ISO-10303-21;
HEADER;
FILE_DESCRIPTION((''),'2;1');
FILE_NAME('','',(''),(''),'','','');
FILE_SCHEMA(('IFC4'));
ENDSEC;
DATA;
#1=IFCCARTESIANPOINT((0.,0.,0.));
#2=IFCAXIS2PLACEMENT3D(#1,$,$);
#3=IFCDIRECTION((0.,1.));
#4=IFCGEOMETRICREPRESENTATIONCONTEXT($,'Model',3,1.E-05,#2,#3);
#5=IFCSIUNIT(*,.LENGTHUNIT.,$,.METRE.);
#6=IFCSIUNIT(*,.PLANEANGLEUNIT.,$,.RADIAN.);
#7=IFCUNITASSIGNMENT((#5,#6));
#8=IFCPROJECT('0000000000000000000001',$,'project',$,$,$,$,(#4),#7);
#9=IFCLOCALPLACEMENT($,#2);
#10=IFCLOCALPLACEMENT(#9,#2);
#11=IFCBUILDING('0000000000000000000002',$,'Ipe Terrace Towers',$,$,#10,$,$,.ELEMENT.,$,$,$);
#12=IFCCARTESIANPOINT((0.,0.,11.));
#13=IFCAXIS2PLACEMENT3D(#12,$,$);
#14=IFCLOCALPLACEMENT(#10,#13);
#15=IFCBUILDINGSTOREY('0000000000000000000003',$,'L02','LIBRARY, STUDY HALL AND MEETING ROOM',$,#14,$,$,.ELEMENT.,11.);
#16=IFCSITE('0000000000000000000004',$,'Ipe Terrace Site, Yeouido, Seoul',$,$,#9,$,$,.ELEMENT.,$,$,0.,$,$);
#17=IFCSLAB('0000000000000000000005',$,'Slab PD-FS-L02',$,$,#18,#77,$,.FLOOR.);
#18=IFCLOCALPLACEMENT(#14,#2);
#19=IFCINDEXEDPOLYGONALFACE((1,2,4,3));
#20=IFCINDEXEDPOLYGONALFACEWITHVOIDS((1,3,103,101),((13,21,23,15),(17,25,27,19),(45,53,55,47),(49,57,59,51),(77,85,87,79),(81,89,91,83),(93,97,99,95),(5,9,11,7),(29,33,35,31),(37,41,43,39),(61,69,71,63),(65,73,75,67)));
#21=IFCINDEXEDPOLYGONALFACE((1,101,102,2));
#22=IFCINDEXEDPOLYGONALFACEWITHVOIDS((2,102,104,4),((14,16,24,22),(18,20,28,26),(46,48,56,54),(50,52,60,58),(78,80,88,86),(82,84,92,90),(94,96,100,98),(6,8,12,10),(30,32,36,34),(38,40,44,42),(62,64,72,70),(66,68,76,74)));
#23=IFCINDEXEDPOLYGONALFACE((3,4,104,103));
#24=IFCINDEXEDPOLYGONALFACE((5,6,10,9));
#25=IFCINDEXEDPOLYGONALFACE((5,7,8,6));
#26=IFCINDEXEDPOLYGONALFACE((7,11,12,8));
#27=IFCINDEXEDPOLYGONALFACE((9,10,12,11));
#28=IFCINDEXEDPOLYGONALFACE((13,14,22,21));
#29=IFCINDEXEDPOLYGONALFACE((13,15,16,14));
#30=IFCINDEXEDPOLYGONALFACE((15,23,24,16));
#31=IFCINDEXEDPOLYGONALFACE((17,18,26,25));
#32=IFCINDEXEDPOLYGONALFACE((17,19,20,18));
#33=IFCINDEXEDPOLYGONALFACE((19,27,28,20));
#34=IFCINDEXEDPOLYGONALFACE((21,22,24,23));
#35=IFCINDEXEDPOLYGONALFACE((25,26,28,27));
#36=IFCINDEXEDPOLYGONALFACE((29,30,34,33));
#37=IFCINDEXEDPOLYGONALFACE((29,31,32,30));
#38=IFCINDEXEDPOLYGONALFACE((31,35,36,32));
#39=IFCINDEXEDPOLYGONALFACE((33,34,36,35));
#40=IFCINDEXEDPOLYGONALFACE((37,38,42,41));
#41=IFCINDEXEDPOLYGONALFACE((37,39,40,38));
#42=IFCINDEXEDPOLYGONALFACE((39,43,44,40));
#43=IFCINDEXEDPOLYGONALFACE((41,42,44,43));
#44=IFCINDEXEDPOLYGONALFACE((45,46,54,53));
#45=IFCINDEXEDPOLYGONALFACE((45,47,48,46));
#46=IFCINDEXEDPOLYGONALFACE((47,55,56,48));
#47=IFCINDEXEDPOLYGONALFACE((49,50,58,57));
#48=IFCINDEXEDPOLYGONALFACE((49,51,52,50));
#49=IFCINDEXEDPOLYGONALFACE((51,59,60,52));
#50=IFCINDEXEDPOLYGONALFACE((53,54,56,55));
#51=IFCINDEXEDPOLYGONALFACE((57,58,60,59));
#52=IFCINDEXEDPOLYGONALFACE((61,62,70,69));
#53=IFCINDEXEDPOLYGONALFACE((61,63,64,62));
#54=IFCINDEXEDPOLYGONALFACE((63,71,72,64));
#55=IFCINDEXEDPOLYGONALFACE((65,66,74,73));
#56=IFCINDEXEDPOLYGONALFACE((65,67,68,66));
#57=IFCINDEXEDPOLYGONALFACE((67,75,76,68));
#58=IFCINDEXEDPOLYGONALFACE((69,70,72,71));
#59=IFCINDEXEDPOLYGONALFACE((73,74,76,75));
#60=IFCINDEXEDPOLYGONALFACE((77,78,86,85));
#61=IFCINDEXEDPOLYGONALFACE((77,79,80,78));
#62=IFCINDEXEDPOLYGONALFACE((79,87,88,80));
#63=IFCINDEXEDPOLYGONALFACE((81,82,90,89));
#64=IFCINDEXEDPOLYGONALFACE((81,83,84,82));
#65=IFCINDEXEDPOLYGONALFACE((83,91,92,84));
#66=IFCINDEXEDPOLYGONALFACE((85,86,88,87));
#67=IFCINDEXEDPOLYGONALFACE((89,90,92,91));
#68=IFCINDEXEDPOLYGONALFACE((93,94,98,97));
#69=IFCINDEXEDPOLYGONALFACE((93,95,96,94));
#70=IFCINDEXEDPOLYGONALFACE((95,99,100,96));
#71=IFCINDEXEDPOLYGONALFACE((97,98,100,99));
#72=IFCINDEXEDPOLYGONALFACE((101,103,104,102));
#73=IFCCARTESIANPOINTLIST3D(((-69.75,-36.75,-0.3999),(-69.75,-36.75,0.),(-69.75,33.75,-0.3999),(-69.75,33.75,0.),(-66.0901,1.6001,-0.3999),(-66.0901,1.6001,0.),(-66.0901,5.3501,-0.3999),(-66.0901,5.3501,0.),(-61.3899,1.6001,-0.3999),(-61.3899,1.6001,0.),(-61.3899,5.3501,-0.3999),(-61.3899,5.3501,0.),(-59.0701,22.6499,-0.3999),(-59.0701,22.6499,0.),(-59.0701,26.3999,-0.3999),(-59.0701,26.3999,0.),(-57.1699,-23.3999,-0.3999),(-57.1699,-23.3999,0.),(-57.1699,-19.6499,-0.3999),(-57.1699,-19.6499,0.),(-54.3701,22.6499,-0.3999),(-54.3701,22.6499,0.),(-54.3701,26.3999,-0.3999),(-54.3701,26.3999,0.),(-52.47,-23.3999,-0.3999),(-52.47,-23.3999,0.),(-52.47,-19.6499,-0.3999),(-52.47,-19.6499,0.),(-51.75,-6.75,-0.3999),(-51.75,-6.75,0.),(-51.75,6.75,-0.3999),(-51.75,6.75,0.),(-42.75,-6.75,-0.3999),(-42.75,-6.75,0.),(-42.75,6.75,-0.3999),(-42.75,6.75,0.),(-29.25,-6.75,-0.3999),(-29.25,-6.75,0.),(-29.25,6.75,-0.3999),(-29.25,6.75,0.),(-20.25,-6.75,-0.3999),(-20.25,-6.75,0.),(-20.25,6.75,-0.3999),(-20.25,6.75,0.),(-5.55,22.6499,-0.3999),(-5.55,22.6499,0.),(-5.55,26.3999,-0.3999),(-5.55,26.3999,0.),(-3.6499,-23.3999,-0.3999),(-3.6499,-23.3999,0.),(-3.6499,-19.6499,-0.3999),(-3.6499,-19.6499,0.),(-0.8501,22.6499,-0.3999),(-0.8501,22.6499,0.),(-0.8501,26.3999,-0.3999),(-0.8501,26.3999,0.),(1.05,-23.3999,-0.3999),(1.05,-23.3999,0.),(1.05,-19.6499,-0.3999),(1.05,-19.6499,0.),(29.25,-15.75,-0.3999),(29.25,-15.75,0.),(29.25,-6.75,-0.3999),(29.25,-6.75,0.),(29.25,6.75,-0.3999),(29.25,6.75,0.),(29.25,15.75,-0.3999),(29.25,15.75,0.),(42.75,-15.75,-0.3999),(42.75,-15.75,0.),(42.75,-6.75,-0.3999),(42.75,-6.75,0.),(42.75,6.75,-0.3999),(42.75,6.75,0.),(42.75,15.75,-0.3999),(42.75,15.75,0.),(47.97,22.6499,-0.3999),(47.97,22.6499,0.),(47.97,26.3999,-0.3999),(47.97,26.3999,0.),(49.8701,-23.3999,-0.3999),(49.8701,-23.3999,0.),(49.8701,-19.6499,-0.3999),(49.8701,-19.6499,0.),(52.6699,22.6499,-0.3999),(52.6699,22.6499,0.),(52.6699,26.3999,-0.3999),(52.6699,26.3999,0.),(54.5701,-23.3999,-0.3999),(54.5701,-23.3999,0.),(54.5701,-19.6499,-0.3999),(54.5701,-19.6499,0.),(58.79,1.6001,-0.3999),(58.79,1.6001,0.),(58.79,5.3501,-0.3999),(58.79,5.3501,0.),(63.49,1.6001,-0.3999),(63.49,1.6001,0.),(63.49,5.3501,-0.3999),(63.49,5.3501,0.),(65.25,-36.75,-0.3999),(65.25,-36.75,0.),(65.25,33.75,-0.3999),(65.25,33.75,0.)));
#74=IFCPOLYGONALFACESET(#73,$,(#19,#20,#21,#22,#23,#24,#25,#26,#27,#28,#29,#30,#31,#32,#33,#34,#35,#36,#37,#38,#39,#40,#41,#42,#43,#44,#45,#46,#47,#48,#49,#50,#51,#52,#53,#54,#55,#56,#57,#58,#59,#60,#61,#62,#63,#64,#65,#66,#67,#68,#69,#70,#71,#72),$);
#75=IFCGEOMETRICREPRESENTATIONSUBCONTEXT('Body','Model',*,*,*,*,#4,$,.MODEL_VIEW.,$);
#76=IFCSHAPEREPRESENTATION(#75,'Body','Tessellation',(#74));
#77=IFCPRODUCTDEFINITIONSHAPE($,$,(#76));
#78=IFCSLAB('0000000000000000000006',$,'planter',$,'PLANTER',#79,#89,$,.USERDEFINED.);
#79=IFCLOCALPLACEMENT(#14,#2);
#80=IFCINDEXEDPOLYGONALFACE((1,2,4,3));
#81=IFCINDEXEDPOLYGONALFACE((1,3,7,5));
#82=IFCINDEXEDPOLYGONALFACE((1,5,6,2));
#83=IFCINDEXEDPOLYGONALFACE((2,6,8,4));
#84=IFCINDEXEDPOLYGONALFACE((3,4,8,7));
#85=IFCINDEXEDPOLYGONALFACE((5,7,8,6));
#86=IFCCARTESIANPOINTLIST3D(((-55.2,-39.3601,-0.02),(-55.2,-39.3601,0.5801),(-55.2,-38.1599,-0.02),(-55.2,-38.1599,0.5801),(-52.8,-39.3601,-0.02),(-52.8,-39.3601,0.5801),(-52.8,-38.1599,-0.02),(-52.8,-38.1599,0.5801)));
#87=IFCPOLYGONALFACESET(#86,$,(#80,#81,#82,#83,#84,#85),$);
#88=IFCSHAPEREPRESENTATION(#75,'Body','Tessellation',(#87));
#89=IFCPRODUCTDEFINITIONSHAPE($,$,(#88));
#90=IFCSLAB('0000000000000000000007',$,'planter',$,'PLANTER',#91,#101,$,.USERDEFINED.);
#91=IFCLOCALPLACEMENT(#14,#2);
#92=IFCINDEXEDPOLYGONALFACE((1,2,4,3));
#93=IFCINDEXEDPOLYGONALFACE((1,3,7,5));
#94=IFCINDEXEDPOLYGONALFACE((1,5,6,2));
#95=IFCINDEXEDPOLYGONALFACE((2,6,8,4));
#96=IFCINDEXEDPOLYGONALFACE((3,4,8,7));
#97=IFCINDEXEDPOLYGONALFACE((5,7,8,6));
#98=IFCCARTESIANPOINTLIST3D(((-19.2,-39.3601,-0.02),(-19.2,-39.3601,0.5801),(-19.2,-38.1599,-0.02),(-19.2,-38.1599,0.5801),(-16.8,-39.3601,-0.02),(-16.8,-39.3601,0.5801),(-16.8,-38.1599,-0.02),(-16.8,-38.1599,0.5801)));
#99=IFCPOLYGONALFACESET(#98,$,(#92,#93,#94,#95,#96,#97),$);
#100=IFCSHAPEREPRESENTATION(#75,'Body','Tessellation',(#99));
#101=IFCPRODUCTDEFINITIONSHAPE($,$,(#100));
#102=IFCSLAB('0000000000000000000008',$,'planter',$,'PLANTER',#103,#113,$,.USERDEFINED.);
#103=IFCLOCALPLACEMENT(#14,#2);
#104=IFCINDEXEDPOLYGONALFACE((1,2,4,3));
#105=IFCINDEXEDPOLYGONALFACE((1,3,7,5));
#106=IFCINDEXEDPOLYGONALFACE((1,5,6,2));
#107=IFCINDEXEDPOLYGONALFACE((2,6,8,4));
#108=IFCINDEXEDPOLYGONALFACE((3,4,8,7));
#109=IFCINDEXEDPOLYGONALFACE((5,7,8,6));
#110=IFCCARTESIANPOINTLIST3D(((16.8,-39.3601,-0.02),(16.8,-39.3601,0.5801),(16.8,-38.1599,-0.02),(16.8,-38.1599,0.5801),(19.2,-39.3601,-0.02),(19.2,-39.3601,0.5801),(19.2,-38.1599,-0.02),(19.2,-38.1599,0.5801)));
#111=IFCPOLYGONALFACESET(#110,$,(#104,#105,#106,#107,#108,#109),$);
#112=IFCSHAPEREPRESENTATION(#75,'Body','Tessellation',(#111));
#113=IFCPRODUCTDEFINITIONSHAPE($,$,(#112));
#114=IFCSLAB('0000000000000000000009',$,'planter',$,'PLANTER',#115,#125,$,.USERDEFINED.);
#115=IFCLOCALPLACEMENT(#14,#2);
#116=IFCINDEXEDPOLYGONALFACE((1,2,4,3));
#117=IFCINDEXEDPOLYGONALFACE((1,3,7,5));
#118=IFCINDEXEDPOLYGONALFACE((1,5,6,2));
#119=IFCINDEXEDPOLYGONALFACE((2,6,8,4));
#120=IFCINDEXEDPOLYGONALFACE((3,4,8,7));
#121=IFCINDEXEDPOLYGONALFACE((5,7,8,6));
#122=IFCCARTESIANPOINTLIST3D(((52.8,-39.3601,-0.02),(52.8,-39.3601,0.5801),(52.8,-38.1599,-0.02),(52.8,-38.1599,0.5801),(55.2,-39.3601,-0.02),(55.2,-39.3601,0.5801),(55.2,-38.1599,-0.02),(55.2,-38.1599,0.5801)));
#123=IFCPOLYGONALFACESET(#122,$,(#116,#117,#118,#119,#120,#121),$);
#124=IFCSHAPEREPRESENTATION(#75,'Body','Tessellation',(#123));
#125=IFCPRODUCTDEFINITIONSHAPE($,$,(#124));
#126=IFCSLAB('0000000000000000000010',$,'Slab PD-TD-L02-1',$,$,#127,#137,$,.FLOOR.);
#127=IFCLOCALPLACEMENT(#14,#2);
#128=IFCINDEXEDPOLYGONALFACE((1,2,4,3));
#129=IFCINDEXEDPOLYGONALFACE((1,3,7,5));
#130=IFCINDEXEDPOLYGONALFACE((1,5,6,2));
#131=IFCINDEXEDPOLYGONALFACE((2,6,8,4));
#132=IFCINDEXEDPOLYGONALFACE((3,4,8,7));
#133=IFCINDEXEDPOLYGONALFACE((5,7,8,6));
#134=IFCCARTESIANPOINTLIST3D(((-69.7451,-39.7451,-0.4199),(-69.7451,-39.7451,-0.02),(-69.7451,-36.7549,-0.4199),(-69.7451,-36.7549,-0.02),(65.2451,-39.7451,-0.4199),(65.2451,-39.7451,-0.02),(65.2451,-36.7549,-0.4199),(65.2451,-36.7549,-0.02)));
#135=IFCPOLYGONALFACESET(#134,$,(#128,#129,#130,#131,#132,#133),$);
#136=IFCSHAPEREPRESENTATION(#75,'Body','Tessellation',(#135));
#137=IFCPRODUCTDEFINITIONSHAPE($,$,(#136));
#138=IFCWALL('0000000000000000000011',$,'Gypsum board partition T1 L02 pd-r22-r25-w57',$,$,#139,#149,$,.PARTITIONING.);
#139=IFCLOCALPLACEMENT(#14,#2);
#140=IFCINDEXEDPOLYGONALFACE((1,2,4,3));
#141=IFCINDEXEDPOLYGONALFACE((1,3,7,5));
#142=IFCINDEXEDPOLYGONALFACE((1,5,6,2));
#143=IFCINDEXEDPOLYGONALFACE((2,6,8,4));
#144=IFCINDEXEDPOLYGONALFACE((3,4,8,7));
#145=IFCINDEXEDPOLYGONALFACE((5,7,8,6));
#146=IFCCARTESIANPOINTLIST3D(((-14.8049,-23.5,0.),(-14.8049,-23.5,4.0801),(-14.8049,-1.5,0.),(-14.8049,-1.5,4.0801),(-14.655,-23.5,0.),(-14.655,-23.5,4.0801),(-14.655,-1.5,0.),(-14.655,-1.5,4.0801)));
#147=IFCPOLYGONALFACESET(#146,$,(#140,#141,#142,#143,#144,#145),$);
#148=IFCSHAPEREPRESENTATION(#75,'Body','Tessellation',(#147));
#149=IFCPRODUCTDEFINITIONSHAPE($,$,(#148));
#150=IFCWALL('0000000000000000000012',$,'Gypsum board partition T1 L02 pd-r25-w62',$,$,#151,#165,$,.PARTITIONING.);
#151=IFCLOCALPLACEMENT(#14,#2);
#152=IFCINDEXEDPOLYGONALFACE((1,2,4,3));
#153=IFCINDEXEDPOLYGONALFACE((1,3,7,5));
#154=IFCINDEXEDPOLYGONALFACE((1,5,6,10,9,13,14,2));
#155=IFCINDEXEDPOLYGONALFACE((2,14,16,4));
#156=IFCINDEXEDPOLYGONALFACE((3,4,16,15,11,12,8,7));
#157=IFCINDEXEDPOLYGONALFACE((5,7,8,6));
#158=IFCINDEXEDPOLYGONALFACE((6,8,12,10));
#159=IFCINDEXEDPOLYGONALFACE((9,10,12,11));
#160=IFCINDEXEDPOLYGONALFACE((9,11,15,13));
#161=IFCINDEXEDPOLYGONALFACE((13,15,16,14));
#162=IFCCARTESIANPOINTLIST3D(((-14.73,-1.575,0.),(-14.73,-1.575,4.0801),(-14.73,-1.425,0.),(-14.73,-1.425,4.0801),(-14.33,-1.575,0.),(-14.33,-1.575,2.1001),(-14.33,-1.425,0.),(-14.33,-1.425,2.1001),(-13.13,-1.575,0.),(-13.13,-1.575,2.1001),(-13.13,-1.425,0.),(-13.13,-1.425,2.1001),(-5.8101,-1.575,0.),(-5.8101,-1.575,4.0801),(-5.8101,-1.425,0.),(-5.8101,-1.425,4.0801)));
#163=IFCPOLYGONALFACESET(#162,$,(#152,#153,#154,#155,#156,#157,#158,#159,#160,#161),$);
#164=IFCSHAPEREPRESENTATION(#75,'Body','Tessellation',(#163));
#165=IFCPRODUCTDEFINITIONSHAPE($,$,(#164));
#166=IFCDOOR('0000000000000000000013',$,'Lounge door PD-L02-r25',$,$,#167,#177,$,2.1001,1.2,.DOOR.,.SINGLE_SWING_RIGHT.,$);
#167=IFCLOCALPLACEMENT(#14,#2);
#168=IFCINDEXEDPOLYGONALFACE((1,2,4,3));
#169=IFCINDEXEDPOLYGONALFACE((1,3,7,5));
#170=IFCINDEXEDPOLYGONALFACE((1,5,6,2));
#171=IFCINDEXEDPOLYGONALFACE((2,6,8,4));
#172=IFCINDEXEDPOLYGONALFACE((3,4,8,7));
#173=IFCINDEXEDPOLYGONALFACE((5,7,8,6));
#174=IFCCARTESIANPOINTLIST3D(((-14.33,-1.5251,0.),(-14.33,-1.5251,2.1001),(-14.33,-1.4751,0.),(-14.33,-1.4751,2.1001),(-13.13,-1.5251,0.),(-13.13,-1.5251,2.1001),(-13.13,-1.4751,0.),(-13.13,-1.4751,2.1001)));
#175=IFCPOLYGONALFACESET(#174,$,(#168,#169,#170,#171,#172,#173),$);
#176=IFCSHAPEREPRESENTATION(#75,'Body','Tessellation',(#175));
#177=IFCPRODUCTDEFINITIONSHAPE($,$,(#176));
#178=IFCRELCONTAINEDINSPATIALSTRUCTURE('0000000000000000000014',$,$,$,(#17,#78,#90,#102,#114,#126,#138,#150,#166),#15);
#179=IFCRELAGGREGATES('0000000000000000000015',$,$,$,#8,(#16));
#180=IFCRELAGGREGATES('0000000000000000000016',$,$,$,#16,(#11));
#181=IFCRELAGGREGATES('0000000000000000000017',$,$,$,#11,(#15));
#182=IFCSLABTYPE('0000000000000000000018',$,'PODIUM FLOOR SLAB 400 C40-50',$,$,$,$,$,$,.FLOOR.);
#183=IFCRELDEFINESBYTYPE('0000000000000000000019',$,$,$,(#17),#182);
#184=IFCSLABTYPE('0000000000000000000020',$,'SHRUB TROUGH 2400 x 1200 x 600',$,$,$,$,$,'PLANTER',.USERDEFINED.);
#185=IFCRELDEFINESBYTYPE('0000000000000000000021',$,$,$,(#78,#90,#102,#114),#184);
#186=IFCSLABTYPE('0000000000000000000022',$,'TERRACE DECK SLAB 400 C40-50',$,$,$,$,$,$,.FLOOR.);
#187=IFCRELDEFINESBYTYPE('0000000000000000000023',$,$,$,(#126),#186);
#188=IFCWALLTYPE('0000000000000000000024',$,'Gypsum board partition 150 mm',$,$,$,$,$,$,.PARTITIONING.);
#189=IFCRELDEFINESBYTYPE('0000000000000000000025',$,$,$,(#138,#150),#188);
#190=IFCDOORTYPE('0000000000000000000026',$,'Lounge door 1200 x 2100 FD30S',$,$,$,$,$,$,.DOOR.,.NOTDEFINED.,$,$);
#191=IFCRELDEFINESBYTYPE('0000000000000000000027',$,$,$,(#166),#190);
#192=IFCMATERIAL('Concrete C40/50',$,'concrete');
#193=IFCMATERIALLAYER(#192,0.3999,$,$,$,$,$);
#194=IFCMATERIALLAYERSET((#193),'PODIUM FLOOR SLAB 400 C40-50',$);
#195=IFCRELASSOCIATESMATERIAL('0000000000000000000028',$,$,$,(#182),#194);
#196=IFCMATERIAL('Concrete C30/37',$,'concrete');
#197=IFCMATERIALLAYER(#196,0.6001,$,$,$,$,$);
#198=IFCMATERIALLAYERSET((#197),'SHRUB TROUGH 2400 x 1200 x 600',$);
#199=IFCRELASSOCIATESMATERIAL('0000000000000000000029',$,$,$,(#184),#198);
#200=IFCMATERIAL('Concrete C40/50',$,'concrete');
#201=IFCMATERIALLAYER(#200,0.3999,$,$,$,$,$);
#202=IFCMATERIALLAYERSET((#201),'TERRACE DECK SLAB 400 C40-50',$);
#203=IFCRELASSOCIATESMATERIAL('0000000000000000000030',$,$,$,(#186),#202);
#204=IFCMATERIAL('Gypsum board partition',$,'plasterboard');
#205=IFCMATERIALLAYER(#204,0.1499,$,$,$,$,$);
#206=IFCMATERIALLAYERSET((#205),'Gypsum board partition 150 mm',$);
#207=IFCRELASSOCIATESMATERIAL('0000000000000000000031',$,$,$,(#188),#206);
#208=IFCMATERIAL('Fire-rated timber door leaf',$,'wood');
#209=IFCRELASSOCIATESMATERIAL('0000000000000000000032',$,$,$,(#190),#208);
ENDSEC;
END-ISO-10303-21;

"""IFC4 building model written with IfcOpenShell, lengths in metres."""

from ifc_helpers import new_model, si_unit, direction, frame, frame_2d, origin, place, context, subcontext, project, spatial, polyline, rectangle, outline, extrude, material, layer, layer_set, type_object, element, fill, save


model = new_model("IFC4")

# Units and contexts
model_context = context("Model", 3, precision=1e-05, world=origin(), true_north=direction((0.0, 1.0)))
body_context = subcontext(model_context, "Body", "Model", "MODEL_VIEW")
ifc_project = project(units=[si_unit("LENGTHUNIT", "METRE"), si_unit("PLANEANGLEUNIT", "RADIAN")], contexts=[model_context])

# Site, building, storey
site_placement = place(None, origin())
site = spatial("IfcSite", under=ifc_project, at=site_placement, Name="Ipe Terrace Site, Yeouido, Seoul", CompositionType="ELEMENT", RefElevation=0.0)
building_placement = place(site_placement, origin())
building = spatial("IfcBuilding", under=site, at=building_placement, Name="Ipe Terrace Towers", CompositionType="ELEMENT")
storey_placement = place(building_placement, frame((0.0, 0.0, 11.0)))
storey = spatial("IfcBuildingStorey", under=building, at=storey_placement, Name="L02", Description="LIBRARY, STUDY HALL AND MEETING ROOM", CompositionType="ELEMENT", Elevation=11.0)

# Slabs
ifc_material_1 = material(Name="Concrete C40/50", Category="concrete")
ifc_layer_1 = layer(ifc_material_1, 0.3999)
ifc_layer_set_1 = layer_set([ifc_layer_1], Name="PODIUM FLOOR SLAB 400 C40-50")
slab_type_1 = type_object("IfcSlabType", Name="PODIUM FLOOR SLAB 400 C40-50", PredefinedType="FLOOR", material=ifc_layer_set_1)
slab_1_placement = place(storey_placement, frame((0.0, 0.0, -0.3999)))
element("IfcSlab", 1, at=slab_1_placement, inside=storey, type_object=slab_type_1, Name="Slab PD-FS-L02", PredefinedType="FLOOR", context=body_context, shape_type="SweptSolid", body=[
    extrude(outline(polyline([(-69.75, -36.75), (-69.75, 33.75), (65.25, 33.75), (65.25, -36.75), (-69.75, -36.75)]), holes=[polyline([(-20.25, -6.75), (-20.25, 6.75), (-29.25, 6.75), (-29.25, -6.75), (-20.25, -6.75)]), polyline([(-51.75, -6.75), (-42.75, -6.75), (-42.75, 6.75), (-51.75, 6.75), (-51.75, -6.75)]), polyline([(29.25, 15.75), (29.25, 6.75), (42.75, 6.75), (42.75, 15.75), (29.25, 15.75)]), polyline([(42.75, -6.75), (29.25, -6.75), (29.25, -15.75), (42.75, -15.75), (42.75, -6.75)]), polyline([(-52.47, -19.6499), (-57.1699, -19.6499), (-57.1699, -23.3999), (-52.47, -23.3999), (-52.47, -19.6499)]), polyline([(1.05, -19.6499), (-3.6499, -19.6499), (-3.6499, -23.3999), (1.05, -23.3999), (1.05, -19.6499)]), polyline([(54.5701, -19.6499), (49.8701, -19.6499), (49.8701, -23.3999), (54.5701, -23.3999), (54.5701, -19.6499)]), polyline([(-61.3899, 5.3501), (-66.0901, 5.3501), (-66.0901, 1.6001), (-61.3899, 1.6001), (-61.3899, 5.3501)]), polyline([(63.49, 5.3501), (58.79, 5.3501), (58.79, 1.6001), (63.49, 1.6001), (63.49, 5.3501)]), polyline([(-59.0701, 22.6499), (-54.3701, 22.6499), (-54.3701, 26.3999), (-59.0701, 26.3999), (-59.0701, 22.6499)]), polyline([(-5.55, 22.6499), (-0.8501, 22.6499), (-0.8501, 26.3999), (-5.55, 26.3999), (-5.55, 22.6499)]), polyline([(47.97, 22.6499), (52.6699, 22.6499), (52.6699, 26.3999), (47.97, 26.3999), (47.97, 22.6499)])]), origin(), (0.0, 0.0, 1.0), 0.3999),
])
ifc_material_2 = material(Name="Concrete C30/37", Category="concrete")
ifc_layer_2 = layer(ifc_material_2, 0.6001)
ifc_layer_set_2 = layer_set([ifc_layer_2], Name="SHRUB TROUGH 2400 x 1200 x 600")
slab_type_2 = type_object("IfcSlabType", Name="SHRUB TROUGH 2400 x 1200 x 600", ElementType="PLANTER", PredefinedType="USERDEFINED", material=ifc_layer_set_2)
slab_2_placement = place(storey_placement, frame((0.0, 0.0, -0.02)))
element("IfcSlab", 2, at=slab_2_placement, inside=storey, type_object=slab_type_2, Name="planter", ObjectType="PLANTER", PredefinedType="USERDEFINED", context=body_context, shape_type="SweptSolid", body=[
    extrude(outline(polyline([(-55.2, -39.3601), (-52.8, -39.3601), (-52.8, -38.1599), (-55.2, -38.1599), (-55.2, -39.3601)])), origin(), (0.0, 0.0, 1.0), 0.6001),
])
slab_3_placement = place(storey_placement, frame((0.0, 0.0, -0.02)))
element("IfcSlab", 3, at=slab_3_placement, inside=storey, type_object=slab_type_2, Name="planter", ObjectType="PLANTER", PredefinedType="USERDEFINED", context=body_context, shape_type="SweptSolid", body=[
    extrude(outline(polyline([(-19.2, -39.3601), (-16.8, -39.3601), (-16.8, -38.1599), (-19.2, -38.1599), (-19.2, -39.3601)])), origin(), (0.0, 0.0, 1.0), 0.6001),
])
slab_4_placement = place(storey_placement, frame((0.0, 0.0, -0.02)))
element("IfcSlab", 4, at=slab_4_placement, inside=storey, type_object=slab_type_2, Name="planter", ObjectType="PLANTER", PredefinedType="USERDEFINED", context=body_context, shape_type="SweptSolid", body=[
    extrude(outline(polyline([(16.8, -39.3601), (19.2, -39.3601), (19.2, -38.1599), (16.8, -38.1599), (16.8, -39.3601)])), origin(), (0.0, 0.0, 1.0), 0.6001),
])
slab_5_placement = place(storey_placement, frame((0.0, 0.0, -0.02)))
element("IfcSlab", 5, at=slab_5_placement, inside=storey, type_object=slab_type_2, Name="planter", ObjectType="PLANTER", PredefinedType="USERDEFINED", context=body_context, shape_type="SweptSolid", body=[
    extrude(outline(polyline([(52.8, -39.3601), (55.2, -39.3601), (55.2, -38.1599), (52.8, -38.1599), (52.8, -39.3601)])), origin(), (0.0, 0.0, 1.0), 0.6001),
])
ifc_material_3 = material(Name="Concrete C40/50", Category="concrete")
ifc_layer_3 = layer(ifc_material_3, 0.3999)
ifc_layer_set_3 = layer_set([ifc_layer_3], Name="TERRACE DECK SLAB 400 C40-50")
slab_type_3 = type_object("IfcSlabType", Name="TERRACE DECK SLAB 400 C40-50", PredefinedType="FLOOR", material=ifc_layer_set_3)
slab_6_placement = place(storey_placement, frame((0.0, 0.0, -0.4199)))
element("IfcSlab", 6, at=slab_6_placement, inside=storey, type_object=slab_type_3, Name="Slab PD-TD-L02-1", PredefinedType="FLOOR", context=body_context, shape_type="SweptSolid", body=[
    extrude(outline(polyline([(65.2451, -39.7451), (-69.7451, -39.7451), (-69.7451, -36.7549), (65.2451, -36.7549), (65.2451, -39.7451)])), origin(), (0.0, 0.0, 1.0), 0.3999),
])

# Wall
ifc_material_4 = material(Name="Gypsum board partition", Category="plasterboard")
ifc_layer_4 = layer(ifc_material_4, 0.1499)
ifc_layer_set_4 = layer_set([ifc_layer_4], Name="Gypsum board partition 150 mm")
wall_type_1 = type_object("IfcWallType", Name="Gypsum board partition 150 mm", PredefinedType="PARTITIONING", material=ifc_layer_set_4)
wall_1_placement = place(storey_placement, frame((-14.73, -1.5, 0.0), z_axis=(0.0, 0.0, 1.0), x_axis=(0.0, -1.0, 0.0)))
element("IfcWall", 7, at=wall_1_placement, inside=storey, type_object=wall_type_1, Name="Gypsum board partition T1 L02 pd-r22-r25-w57", PredefinedType="PARTITIONING", context=body_context, shape_type="SweptSolid", body=[
    extrude(rectangle(XDim=22.0, YDim=0.1499, at=frame_2d((11.0, 0.0))), origin(), (0.0, 0.0, 1.0), 4.0801),
])

# Wall, opening, door
wall_2_placement = place(storey_placement, frame((-14.73, -1.5, 0.0), z_axis=(0.0, 0.0, 1.0), x_axis=(1.0, 0.0, 0.0)))
wall_2 = element("IfcWall", 8, at=wall_2_placement, inside=storey, type_object=wall_type_1, Name="Gypsum board partition T1 L02 pd-r25-w62", PredefinedType="PARTITIONING", context=body_context, shape_type="SweptSolid", body=[
    extrude(rectangle(XDim=8.9199, YDim=0.1499, at=frame_2d((4.46, 0.0))), origin(), (0.0, 0.0, 1.0), 4.0801),
])
opening_1_placement = place(wall_2_placement, frame((0.3999, 0.0, 0.0)))
opening_1 = element("IfcOpeningElement", 9, at=opening_1_placement, cuts=wall_2, PredefinedType="OPENING", context=body_context, shape_type="SweptSolid", body=[
    extrude(rectangle(XDim=1.2, YDim=2.1001, at=frame_2d((0.6001, 1.05))), frame((0.0, 0.085, 0.0), z_axis=(0.0, -1.0, 0.0), x_axis=(1.0, 0.0, 0.0)), (0.0, 0.0, 1.0), 0.1699),
])
ifc_material_5 = material(Name="Fire-rated timber door leaf", Category="wood")
door_type = type_object("IfcDoorType", Name="Lounge door 1200 x 2100 FD30S", OperationType="NOTDEFINED", PredefinedType="DOOR", material=ifc_material_5)
door_1_placement = place(opening_1_placement, origin())
door_1 = element("IfcDoor", 10, at=door_1_placement, inside=storey, type_object=door_type, Name="Lounge door PD-L02-r25", OperationType="SINGLE_SWING_RIGHT", OverallHeight=2.1001, OverallWidth=1.2, PredefinedType="DOOR", context=body_context, shape_type="SweptSolid", body=[
    extrude(rectangle(XDim=1.2, YDim=2.1001, at=frame_2d((0.6001, 1.05))), frame((0.0, 0.0249, 0.0), z_axis=(0.0, -1.0, 0.0), x_axis=(1.0, 0.0, 0.0)), (0.0, 0.0, 1.0), 0.05),
])
fill(opening_1, door_1)

save(model, "model.ifc")
